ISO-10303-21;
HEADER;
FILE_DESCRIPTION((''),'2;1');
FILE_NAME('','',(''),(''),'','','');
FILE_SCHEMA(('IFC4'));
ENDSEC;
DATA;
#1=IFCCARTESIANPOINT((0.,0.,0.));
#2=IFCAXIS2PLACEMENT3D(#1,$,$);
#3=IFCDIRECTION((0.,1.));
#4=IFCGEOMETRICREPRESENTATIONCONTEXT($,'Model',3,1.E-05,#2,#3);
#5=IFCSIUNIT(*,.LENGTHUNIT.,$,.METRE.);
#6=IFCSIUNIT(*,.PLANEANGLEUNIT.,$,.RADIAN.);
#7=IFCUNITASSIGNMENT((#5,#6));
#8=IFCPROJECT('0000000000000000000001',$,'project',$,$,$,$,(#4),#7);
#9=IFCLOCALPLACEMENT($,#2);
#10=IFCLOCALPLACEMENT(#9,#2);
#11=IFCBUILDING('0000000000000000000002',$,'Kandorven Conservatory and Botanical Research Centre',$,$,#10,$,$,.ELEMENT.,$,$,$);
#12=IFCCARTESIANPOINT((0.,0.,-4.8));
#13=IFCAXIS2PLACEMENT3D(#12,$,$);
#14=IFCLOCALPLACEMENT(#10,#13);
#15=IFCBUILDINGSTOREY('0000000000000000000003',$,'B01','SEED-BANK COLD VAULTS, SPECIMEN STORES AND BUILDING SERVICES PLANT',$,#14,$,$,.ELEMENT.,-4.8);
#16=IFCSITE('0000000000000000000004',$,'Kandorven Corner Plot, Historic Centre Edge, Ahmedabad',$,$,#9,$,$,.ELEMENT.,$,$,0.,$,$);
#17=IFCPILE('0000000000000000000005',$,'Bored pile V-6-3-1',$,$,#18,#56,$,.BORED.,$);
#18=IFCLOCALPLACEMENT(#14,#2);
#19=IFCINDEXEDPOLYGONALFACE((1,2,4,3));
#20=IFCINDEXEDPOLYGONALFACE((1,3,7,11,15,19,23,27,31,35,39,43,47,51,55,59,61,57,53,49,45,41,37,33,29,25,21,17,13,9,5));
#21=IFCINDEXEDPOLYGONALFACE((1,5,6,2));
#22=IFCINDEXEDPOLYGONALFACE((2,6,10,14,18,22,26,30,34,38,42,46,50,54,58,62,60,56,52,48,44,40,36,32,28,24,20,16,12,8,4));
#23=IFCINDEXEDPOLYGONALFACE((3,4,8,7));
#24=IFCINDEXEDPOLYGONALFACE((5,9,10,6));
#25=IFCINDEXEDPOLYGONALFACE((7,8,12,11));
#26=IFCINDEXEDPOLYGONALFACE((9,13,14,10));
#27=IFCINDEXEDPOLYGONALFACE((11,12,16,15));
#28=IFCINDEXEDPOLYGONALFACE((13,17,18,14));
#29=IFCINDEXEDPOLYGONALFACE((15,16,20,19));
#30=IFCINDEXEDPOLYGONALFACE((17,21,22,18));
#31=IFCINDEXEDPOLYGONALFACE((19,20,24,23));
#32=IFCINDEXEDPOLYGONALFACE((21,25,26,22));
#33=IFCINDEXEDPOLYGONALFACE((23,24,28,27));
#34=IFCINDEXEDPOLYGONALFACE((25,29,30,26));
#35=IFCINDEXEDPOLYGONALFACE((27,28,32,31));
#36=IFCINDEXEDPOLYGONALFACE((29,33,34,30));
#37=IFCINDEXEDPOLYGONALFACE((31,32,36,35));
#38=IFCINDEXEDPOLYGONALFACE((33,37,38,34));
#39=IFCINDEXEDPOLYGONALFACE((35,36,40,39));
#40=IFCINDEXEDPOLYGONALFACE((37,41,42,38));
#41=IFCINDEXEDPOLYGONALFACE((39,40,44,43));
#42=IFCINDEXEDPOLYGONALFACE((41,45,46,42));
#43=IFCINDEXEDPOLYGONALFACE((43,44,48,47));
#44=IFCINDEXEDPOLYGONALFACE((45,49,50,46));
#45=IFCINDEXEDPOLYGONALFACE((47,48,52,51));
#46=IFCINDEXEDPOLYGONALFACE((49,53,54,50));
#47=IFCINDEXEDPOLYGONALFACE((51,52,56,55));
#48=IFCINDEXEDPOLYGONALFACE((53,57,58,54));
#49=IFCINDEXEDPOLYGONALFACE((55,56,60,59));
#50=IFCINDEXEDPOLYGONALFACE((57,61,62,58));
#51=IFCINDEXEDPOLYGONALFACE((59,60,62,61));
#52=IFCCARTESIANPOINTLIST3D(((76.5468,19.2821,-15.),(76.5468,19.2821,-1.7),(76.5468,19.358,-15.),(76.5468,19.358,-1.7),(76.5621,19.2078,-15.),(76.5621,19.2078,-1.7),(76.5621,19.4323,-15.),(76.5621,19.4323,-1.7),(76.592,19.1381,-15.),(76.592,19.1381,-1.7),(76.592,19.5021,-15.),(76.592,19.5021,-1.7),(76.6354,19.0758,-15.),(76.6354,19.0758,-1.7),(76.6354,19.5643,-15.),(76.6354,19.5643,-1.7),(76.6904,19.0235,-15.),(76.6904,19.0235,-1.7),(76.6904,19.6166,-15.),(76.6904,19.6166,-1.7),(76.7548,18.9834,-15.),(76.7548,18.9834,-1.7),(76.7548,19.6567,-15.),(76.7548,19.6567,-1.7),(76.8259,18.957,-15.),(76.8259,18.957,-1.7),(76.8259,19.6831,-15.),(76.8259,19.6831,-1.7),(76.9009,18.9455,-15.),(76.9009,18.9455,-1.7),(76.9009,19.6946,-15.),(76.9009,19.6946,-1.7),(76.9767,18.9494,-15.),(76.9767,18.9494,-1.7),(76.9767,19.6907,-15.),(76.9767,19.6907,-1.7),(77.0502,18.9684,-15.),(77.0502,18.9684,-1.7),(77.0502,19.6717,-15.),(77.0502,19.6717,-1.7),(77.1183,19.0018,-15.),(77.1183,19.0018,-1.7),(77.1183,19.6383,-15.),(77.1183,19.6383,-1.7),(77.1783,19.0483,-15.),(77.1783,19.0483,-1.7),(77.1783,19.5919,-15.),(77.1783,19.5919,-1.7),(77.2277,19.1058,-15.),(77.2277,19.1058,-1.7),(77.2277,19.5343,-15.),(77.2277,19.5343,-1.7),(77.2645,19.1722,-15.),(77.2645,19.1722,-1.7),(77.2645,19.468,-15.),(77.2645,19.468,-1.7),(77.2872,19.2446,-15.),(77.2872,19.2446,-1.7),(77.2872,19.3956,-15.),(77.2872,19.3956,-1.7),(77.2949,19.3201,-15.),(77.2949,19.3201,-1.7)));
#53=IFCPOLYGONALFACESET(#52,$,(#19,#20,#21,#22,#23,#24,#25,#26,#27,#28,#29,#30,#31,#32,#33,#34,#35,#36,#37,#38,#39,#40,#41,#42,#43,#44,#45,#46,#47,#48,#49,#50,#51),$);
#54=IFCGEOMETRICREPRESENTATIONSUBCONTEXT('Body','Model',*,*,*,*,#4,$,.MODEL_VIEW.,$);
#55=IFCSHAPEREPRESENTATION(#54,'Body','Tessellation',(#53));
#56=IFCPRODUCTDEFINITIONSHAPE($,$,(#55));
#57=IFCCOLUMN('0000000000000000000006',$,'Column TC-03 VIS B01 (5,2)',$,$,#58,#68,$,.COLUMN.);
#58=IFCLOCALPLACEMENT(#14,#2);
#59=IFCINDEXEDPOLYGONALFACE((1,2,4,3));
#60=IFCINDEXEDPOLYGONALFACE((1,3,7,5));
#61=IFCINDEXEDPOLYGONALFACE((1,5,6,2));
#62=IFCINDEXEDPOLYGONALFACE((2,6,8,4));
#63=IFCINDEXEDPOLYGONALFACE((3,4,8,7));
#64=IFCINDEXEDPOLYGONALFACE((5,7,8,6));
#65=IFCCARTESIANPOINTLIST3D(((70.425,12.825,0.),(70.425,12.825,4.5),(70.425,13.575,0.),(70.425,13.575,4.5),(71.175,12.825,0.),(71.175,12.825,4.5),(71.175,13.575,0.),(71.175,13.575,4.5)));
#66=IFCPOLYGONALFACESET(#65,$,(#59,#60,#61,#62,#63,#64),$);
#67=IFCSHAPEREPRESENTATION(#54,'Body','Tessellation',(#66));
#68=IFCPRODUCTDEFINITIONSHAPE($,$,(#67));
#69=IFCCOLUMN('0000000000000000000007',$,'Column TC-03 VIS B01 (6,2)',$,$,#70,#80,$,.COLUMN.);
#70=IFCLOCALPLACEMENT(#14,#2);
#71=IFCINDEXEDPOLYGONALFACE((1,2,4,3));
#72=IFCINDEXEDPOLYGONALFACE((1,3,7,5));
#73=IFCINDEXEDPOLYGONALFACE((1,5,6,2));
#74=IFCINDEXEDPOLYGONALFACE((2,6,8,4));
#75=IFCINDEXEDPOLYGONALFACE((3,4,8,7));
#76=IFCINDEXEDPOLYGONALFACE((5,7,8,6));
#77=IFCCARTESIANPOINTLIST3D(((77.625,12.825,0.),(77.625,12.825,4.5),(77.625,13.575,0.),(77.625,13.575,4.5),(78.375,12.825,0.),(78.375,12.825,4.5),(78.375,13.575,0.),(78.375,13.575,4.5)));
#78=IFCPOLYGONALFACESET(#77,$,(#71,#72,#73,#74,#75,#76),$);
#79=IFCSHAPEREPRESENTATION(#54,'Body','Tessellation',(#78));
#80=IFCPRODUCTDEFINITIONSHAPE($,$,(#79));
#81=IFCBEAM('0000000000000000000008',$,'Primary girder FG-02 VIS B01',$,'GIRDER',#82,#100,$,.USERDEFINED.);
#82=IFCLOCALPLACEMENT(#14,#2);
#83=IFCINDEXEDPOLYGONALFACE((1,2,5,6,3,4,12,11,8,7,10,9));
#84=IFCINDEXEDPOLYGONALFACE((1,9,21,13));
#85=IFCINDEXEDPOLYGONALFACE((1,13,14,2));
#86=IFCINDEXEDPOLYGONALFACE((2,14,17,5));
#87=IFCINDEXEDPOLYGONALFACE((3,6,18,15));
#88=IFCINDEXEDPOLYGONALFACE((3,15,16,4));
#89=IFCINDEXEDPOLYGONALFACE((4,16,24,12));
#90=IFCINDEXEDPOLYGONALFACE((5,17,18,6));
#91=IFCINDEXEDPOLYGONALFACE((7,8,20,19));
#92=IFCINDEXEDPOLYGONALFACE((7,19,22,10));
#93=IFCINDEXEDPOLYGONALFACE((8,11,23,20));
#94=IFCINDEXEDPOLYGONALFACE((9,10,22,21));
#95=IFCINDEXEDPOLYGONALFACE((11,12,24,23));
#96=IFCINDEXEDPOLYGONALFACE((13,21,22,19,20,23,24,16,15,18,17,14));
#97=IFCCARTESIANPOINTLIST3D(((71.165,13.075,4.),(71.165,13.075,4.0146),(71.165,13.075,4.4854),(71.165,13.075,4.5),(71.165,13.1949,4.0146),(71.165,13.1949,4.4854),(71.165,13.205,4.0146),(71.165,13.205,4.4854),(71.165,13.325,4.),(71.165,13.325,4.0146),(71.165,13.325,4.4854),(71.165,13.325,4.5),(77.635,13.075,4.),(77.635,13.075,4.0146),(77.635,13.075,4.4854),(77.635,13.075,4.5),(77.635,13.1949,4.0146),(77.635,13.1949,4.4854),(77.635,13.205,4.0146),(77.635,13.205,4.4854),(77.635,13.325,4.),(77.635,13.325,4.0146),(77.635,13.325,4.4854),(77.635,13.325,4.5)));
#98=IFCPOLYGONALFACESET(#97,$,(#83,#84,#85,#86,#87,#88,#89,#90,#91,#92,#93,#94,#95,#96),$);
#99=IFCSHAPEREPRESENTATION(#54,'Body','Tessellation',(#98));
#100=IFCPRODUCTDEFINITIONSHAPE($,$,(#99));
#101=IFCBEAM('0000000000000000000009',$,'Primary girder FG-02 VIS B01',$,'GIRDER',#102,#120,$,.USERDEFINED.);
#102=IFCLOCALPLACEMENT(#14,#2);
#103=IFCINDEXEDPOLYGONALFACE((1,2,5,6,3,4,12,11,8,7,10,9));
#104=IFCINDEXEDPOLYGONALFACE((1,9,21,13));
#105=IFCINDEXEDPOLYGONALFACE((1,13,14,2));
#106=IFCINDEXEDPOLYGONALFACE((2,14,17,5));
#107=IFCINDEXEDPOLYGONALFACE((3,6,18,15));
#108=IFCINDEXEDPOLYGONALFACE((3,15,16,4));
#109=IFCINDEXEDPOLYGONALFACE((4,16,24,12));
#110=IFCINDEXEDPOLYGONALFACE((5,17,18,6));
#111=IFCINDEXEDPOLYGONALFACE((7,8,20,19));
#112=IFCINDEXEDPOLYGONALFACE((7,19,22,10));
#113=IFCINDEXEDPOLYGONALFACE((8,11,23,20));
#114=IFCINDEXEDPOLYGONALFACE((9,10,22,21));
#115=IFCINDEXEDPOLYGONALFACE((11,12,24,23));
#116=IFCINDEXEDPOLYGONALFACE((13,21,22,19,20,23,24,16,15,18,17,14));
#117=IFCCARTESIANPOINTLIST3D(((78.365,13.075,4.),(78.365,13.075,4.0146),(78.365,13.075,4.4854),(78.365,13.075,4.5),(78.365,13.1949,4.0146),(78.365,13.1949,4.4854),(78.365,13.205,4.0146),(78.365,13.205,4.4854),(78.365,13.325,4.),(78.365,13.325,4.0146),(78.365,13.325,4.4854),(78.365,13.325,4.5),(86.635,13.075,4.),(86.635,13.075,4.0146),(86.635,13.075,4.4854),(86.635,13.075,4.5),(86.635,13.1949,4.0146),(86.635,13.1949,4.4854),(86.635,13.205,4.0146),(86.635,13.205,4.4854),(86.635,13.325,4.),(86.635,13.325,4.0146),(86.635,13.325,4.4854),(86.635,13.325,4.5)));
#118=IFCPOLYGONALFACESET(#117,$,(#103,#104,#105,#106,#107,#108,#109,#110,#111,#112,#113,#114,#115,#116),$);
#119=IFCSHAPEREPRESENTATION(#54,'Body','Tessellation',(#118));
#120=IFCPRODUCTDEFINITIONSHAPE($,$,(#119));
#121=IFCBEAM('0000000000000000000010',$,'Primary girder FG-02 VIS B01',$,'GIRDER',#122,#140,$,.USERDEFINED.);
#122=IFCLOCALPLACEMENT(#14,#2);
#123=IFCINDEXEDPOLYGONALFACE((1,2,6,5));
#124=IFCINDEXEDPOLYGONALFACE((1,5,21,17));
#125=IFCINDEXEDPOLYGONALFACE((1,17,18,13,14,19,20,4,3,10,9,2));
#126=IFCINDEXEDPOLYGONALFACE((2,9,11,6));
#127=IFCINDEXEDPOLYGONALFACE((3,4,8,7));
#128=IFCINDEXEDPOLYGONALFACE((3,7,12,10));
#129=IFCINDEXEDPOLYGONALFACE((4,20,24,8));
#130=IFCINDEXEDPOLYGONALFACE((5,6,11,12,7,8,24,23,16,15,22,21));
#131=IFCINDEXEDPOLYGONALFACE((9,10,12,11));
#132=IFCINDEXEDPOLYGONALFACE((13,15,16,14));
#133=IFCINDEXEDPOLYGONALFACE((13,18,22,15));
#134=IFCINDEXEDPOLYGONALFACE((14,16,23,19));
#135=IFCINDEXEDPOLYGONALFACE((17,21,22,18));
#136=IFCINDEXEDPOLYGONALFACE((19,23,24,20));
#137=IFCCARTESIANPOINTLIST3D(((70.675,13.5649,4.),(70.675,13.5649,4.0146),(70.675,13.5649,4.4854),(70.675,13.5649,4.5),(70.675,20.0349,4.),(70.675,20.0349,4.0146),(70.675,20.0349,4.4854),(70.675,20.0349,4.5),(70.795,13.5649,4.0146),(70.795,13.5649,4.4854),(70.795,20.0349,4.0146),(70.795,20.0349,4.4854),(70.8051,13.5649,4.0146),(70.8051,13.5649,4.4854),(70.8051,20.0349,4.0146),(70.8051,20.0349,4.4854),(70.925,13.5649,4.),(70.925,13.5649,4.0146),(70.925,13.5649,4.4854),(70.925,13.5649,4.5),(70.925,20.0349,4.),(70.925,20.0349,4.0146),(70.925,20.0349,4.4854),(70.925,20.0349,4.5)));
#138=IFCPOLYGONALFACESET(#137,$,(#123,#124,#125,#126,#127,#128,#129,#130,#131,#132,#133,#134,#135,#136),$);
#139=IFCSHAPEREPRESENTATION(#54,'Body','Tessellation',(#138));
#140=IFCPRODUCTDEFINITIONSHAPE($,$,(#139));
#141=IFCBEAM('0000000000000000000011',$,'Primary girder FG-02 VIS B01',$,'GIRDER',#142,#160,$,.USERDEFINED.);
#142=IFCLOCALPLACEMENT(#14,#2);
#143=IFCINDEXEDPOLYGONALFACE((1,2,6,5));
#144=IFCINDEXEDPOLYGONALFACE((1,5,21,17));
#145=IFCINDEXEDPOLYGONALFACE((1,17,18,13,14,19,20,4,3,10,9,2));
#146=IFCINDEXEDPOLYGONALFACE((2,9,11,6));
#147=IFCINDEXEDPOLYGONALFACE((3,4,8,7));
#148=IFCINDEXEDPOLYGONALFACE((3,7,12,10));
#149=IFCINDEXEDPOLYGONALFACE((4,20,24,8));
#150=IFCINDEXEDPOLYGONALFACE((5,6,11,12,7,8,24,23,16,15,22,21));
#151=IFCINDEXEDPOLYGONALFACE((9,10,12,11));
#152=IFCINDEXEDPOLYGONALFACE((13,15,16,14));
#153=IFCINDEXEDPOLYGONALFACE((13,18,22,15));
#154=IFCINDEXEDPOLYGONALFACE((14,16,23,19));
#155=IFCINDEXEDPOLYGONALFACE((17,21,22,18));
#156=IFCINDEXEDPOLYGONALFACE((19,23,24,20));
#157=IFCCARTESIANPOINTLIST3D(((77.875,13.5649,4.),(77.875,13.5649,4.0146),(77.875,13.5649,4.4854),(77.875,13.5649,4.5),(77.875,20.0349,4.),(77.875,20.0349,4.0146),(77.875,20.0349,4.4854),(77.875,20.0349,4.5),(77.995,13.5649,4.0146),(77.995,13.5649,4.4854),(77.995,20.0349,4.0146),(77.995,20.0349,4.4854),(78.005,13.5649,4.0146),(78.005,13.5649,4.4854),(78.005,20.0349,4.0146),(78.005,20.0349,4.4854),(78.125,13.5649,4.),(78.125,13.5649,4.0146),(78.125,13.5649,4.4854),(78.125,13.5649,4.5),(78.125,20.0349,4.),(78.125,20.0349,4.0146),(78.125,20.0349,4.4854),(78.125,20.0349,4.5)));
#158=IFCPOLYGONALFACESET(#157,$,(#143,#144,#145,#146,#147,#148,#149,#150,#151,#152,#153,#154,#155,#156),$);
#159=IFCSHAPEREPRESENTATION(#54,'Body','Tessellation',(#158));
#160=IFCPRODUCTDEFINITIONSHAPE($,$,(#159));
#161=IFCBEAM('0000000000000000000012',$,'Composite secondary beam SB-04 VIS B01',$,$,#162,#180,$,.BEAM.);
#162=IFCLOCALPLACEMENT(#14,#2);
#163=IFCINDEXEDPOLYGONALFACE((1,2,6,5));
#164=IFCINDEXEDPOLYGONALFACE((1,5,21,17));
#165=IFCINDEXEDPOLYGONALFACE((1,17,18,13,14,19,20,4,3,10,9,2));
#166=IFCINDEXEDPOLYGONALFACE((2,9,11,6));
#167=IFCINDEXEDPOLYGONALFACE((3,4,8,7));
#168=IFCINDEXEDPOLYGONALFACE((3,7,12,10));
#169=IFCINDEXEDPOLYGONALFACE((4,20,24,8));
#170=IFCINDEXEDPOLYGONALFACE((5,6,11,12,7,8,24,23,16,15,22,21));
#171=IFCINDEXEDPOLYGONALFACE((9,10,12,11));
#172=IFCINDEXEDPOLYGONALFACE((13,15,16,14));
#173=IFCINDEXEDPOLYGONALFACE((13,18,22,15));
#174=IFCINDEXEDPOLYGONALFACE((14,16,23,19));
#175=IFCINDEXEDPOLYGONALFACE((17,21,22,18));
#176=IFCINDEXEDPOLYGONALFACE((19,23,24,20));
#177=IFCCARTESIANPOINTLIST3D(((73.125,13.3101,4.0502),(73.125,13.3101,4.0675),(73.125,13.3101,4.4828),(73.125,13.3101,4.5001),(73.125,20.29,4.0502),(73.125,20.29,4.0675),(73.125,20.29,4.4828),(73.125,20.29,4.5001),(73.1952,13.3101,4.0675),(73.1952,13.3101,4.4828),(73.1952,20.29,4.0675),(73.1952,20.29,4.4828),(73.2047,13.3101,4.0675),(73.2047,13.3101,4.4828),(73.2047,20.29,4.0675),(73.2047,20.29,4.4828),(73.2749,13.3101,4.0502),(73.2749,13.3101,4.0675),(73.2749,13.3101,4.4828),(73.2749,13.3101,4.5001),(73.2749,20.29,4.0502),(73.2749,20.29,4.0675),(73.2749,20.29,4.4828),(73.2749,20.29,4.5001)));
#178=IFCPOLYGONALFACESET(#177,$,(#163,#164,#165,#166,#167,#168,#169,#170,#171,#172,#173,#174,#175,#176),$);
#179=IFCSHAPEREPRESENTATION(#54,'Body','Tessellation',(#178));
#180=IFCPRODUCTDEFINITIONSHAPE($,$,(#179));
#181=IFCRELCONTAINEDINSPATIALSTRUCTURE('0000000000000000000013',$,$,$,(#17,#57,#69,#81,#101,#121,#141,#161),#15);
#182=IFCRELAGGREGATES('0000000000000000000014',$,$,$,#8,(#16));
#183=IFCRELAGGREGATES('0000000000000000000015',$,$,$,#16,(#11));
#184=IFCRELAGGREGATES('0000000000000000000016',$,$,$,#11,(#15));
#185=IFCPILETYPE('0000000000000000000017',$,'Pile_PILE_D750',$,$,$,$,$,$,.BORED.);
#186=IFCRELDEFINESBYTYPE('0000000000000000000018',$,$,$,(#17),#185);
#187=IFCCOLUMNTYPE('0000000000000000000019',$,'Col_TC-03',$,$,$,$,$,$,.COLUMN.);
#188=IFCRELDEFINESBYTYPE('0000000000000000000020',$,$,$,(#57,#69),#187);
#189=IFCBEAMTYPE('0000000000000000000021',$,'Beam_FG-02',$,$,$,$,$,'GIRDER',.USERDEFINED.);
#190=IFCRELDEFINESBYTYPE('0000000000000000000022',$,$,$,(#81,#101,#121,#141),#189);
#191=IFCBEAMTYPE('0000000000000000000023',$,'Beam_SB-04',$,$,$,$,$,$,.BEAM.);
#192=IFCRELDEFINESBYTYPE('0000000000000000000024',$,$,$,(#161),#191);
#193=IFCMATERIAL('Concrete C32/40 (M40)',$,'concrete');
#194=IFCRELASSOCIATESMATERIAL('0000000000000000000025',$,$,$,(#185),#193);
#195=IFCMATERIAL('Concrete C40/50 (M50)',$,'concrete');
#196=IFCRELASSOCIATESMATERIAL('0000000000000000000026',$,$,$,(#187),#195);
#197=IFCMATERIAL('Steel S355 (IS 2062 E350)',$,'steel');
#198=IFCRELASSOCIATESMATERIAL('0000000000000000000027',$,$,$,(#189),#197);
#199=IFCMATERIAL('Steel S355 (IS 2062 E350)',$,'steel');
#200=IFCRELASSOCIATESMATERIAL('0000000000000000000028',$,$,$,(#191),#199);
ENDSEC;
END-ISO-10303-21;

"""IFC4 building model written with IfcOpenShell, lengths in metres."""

from ifc_helpers import new_model, si_unit, direction, frame, origin, origin_2d, place, context, subcontext, project, spatial, rectangle, circle, i_section, extrude, material, material_profile, profile_set, type_object, element, save


model = new_model("IFC4")

# Units and contexts
model_context = context("Model", 3, precision=1e-05, world=origin(), true_north=direction((0.0, 1.0)))
body_context = subcontext(model_context, "Body", "Model", "MODEL_VIEW")
ifc_project = project(units=[si_unit("LENGTHUNIT", "METRE"), si_unit("PLANEANGLEUNIT", "RADIAN")], contexts=[model_context])

# Site, building, storey
site_placement = place(None, origin())
site = spatial("IfcSite", under=ifc_project, at=site_placement, Name="Kandorven Corner Plot, Historic Centre Edge, Ahmedabad", CompositionType="ELEMENT", RefElevation=0.0)
building_placement = place(site_placement, origin())
building = spatial("IfcBuilding", under=site, at=building_placement, Name="Kandorven Conservatory and Botanical Research Centre", CompositionType="ELEMENT")
storey_placement = place(building_placement, frame((0.0, 0.0, -4.8)))
storey = spatial("IfcBuildingStorey", under=building, at=storey_placement, Name="B01", Description="SEED-BANK COLD VAULTS, SPECIMEN STORES AND BUILDING SERVICES PLANT", CompositionType="ELEMENT", Elevation=-4.8)

# Pile
ifc_material_1 = material(Name="Concrete C32/40 (M40)", Category="concrete")
ifc_material_profile_1 = material_profile(ifc_material_1, circle(Radius=0.375, at=origin_2d()))
ifc_profile_set_1 = profile_set([ifc_material_profile_1], Name="Concrete C32/40 (M40)")
pile_type = type_object("IfcPileType", Name="Pile_PILE_D750", PredefinedType="BORED", material=ifc_profile_set_1)
pile_placement = place(storey_placement, frame((76.9199, 19.3201, -1.7), z_axis=(0.0, 0.0, -1.0), x_axis=(1.0, 0.0, 0.0)))
element("IfcPile", 1, at=pile_placement, inside=storey, type_object=pile_type, Name="Bored pile V-6-3-1", PredefinedType="BORED", context=body_context, shape_type="SweptSolid", body=[
    extrude(circle(Radius=0.375, at=origin_2d()), origin(), (0.0, 0.0, 1.0), 13.3),
])

# Columns
ifc_material_2 = material(Name="Concrete C40/50 (M50)", Category="concrete")
ifc_material_profile_2 = material_profile(ifc_material_2, rectangle(XDim=0.75, YDim=0.75, at=origin_2d()))
ifc_profile_set_2 = profile_set([ifc_material_profile_2], Name="Concrete C40/50 (M50)")
column_type = type_object("IfcColumnType", Name="Col_TC-03", PredefinedType="COLUMN", material=ifc_profile_set_2)
for number, where, z_axis, x_axis, name in (
    (2, (70.8, 13.2, 0.0), (0.0, 0.0, 1.0), (1.0, 0.0, 0.0), "Column TC-03 VIS B01 (5,2)"),
    (3, (78.0, 13.2, 0.0), (0.0, 0.0, 1.0), (1.0, 0.0, 0.0), "Column TC-03 VIS B01 (6,2)"),
):
    element("IfcColumn", number, at=place(storey_placement, frame(where, z_axis=z_axis, x_axis=x_axis)), inside=storey, type_object=column_type, Name=name, PredefinedType="COLUMN", context=body_context, shape_type="SweptSolid", body=[
        extrude(rectangle(XDim=0.75, YDim=0.75, at=origin_2d()), origin(), (0.0, 0.0, 1.0), 4.5),
    ])

# Beams
ifc_material_3 = material(Name="Steel S355 (IS 2062 E350)", Category="steel")
ifc_material_profile_3 = material_profile(ifc_material_3, i_section(OverallWidth=0.25, OverallDepth=0.5, WebThickness=0.01, FlangeThickness=0.0146, at=origin_2d()))
ifc_profile_set_3 = profile_set([ifc_material_profile_3], Name="Steel S355 (IS 2062 E350)")
beam_type_1 = type_object("IfcBeamType", Name="Beam_FG-02", ElementType="GIRDER", PredefinedType="USERDEFINED", material=ifc_profile_set_3)
beam_1_placement = place(storey_placement, frame((71.165, 13.2, 4.25), z_axis=(1.0, 0.0, 0.0), x_axis=(0.0, 1.0, 0.0)))
element("IfcBeam", 4, at=beam_1_placement, inside=storey, type_object=beam_type_1, Name="Primary girder FG-02 VIS B01", ObjectType="GIRDER", PredefinedType="USERDEFINED", context=body_context, shape_type="SweptSolid", body=[
    extrude(i_section(OverallWidth=0.25, OverallDepth=0.5, WebThickness=0.01, FlangeThickness=0.0146, at=origin_2d()), origin(), (0.0, 0.0, 1.0), 6.47),
])
beam_2_placement = place(storey_placement, frame((78.365, 13.2, 4.25), z_axis=(1.0, 0.0, 0.0), x_axis=(0.0, 1.0, 0.0)))
element("IfcBeam", 5, at=beam_2_placement, inside=storey, type_object=beam_type_1, Name="Primary girder FG-02 VIS B01", ObjectType="GIRDER", PredefinedType="USERDEFINED", context=body_context, shape_type="SweptSolid", body=[
    extrude(i_section(OverallWidth=0.25, OverallDepth=0.5, WebThickness=0.01, FlangeThickness=0.0146, at=origin_2d()), origin(), (0.0, 0.0, 1.0), 8.27),
])
for number, where, z_axis, x_axis, name in (
    (6, (70.8, 13.5649, 4.25), (0.0, 1.0, 0.0), (-1.0, 0.0, 0.0), "Primary girder FG-02 VIS B01"),
    (7, (78.0, 13.5649, 4.25), (0.0, 1.0, 0.0), (-1.0, 0.0, 0.0), "Primary girder FG-02 VIS B01"),
):
    element("IfcBeam", number, at=place(storey_placement, frame(where, z_axis=z_axis, x_axis=x_axis)), inside=storey, type_object=beam_type_1, Name=name, ObjectType="GIRDER", PredefinedType="USERDEFINED", context=body_context, shape_type="SweptSolid", body=[
        extrude(i_section(OverallWidth=0.25, OverallDepth=0.5, WebThickness=0.01, FlangeThickness=0.0146, at=origin_2d()), origin(), (0.0, 0.0, 1.0), 6.47),
    ])
ifc_material_4 = material(Name="Steel S355 (IS 2062 E350)", Category="steel")
ifc_material_profile_4 = material_profile(ifc_material_4, i_section(OverallWidth=0.1499, OverallDepth=0.45, WebThickness=0.0095, FlangeThickness=0.0173, at=origin_2d()))
ifc_profile_set_4 = profile_set([ifc_material_profile_4], Name="Steel S355 (IS 2062 E350)")
beam_type_2 = type_object("IfcBeamType", Name="Beam_SB-04", PredefinedType="BEAM", material=ifc_profile_set_4)
for number, where, z_axis, x_axis, name in (
    (8, (73.2, 13.3101, 4.2751), (0.0, 1.0, 0.0), (-1.0, 0.0, 0.0), "Composite secondary beam SB-04 VIS B01"),
):
    element("IfcBeam", number, at=place(storey_placement, frame(where, z_axis=z_axis, x_axis=x_axis)), inside=storey, type_object=beam_type_2, Name=name, PredefinedType="BEAM", context=body_context, shape_type="SweptSolid", body=[
        extrude(i_section(OverallWidth=0.1499, OverallDepth=0.45, WebThickness=0.0095, FlangeThickness=0.0173, at=origin_2d()), origin(), (0.0, 0.0, 1.0), 6.98),
    ])

save(model, "model.ifc")
